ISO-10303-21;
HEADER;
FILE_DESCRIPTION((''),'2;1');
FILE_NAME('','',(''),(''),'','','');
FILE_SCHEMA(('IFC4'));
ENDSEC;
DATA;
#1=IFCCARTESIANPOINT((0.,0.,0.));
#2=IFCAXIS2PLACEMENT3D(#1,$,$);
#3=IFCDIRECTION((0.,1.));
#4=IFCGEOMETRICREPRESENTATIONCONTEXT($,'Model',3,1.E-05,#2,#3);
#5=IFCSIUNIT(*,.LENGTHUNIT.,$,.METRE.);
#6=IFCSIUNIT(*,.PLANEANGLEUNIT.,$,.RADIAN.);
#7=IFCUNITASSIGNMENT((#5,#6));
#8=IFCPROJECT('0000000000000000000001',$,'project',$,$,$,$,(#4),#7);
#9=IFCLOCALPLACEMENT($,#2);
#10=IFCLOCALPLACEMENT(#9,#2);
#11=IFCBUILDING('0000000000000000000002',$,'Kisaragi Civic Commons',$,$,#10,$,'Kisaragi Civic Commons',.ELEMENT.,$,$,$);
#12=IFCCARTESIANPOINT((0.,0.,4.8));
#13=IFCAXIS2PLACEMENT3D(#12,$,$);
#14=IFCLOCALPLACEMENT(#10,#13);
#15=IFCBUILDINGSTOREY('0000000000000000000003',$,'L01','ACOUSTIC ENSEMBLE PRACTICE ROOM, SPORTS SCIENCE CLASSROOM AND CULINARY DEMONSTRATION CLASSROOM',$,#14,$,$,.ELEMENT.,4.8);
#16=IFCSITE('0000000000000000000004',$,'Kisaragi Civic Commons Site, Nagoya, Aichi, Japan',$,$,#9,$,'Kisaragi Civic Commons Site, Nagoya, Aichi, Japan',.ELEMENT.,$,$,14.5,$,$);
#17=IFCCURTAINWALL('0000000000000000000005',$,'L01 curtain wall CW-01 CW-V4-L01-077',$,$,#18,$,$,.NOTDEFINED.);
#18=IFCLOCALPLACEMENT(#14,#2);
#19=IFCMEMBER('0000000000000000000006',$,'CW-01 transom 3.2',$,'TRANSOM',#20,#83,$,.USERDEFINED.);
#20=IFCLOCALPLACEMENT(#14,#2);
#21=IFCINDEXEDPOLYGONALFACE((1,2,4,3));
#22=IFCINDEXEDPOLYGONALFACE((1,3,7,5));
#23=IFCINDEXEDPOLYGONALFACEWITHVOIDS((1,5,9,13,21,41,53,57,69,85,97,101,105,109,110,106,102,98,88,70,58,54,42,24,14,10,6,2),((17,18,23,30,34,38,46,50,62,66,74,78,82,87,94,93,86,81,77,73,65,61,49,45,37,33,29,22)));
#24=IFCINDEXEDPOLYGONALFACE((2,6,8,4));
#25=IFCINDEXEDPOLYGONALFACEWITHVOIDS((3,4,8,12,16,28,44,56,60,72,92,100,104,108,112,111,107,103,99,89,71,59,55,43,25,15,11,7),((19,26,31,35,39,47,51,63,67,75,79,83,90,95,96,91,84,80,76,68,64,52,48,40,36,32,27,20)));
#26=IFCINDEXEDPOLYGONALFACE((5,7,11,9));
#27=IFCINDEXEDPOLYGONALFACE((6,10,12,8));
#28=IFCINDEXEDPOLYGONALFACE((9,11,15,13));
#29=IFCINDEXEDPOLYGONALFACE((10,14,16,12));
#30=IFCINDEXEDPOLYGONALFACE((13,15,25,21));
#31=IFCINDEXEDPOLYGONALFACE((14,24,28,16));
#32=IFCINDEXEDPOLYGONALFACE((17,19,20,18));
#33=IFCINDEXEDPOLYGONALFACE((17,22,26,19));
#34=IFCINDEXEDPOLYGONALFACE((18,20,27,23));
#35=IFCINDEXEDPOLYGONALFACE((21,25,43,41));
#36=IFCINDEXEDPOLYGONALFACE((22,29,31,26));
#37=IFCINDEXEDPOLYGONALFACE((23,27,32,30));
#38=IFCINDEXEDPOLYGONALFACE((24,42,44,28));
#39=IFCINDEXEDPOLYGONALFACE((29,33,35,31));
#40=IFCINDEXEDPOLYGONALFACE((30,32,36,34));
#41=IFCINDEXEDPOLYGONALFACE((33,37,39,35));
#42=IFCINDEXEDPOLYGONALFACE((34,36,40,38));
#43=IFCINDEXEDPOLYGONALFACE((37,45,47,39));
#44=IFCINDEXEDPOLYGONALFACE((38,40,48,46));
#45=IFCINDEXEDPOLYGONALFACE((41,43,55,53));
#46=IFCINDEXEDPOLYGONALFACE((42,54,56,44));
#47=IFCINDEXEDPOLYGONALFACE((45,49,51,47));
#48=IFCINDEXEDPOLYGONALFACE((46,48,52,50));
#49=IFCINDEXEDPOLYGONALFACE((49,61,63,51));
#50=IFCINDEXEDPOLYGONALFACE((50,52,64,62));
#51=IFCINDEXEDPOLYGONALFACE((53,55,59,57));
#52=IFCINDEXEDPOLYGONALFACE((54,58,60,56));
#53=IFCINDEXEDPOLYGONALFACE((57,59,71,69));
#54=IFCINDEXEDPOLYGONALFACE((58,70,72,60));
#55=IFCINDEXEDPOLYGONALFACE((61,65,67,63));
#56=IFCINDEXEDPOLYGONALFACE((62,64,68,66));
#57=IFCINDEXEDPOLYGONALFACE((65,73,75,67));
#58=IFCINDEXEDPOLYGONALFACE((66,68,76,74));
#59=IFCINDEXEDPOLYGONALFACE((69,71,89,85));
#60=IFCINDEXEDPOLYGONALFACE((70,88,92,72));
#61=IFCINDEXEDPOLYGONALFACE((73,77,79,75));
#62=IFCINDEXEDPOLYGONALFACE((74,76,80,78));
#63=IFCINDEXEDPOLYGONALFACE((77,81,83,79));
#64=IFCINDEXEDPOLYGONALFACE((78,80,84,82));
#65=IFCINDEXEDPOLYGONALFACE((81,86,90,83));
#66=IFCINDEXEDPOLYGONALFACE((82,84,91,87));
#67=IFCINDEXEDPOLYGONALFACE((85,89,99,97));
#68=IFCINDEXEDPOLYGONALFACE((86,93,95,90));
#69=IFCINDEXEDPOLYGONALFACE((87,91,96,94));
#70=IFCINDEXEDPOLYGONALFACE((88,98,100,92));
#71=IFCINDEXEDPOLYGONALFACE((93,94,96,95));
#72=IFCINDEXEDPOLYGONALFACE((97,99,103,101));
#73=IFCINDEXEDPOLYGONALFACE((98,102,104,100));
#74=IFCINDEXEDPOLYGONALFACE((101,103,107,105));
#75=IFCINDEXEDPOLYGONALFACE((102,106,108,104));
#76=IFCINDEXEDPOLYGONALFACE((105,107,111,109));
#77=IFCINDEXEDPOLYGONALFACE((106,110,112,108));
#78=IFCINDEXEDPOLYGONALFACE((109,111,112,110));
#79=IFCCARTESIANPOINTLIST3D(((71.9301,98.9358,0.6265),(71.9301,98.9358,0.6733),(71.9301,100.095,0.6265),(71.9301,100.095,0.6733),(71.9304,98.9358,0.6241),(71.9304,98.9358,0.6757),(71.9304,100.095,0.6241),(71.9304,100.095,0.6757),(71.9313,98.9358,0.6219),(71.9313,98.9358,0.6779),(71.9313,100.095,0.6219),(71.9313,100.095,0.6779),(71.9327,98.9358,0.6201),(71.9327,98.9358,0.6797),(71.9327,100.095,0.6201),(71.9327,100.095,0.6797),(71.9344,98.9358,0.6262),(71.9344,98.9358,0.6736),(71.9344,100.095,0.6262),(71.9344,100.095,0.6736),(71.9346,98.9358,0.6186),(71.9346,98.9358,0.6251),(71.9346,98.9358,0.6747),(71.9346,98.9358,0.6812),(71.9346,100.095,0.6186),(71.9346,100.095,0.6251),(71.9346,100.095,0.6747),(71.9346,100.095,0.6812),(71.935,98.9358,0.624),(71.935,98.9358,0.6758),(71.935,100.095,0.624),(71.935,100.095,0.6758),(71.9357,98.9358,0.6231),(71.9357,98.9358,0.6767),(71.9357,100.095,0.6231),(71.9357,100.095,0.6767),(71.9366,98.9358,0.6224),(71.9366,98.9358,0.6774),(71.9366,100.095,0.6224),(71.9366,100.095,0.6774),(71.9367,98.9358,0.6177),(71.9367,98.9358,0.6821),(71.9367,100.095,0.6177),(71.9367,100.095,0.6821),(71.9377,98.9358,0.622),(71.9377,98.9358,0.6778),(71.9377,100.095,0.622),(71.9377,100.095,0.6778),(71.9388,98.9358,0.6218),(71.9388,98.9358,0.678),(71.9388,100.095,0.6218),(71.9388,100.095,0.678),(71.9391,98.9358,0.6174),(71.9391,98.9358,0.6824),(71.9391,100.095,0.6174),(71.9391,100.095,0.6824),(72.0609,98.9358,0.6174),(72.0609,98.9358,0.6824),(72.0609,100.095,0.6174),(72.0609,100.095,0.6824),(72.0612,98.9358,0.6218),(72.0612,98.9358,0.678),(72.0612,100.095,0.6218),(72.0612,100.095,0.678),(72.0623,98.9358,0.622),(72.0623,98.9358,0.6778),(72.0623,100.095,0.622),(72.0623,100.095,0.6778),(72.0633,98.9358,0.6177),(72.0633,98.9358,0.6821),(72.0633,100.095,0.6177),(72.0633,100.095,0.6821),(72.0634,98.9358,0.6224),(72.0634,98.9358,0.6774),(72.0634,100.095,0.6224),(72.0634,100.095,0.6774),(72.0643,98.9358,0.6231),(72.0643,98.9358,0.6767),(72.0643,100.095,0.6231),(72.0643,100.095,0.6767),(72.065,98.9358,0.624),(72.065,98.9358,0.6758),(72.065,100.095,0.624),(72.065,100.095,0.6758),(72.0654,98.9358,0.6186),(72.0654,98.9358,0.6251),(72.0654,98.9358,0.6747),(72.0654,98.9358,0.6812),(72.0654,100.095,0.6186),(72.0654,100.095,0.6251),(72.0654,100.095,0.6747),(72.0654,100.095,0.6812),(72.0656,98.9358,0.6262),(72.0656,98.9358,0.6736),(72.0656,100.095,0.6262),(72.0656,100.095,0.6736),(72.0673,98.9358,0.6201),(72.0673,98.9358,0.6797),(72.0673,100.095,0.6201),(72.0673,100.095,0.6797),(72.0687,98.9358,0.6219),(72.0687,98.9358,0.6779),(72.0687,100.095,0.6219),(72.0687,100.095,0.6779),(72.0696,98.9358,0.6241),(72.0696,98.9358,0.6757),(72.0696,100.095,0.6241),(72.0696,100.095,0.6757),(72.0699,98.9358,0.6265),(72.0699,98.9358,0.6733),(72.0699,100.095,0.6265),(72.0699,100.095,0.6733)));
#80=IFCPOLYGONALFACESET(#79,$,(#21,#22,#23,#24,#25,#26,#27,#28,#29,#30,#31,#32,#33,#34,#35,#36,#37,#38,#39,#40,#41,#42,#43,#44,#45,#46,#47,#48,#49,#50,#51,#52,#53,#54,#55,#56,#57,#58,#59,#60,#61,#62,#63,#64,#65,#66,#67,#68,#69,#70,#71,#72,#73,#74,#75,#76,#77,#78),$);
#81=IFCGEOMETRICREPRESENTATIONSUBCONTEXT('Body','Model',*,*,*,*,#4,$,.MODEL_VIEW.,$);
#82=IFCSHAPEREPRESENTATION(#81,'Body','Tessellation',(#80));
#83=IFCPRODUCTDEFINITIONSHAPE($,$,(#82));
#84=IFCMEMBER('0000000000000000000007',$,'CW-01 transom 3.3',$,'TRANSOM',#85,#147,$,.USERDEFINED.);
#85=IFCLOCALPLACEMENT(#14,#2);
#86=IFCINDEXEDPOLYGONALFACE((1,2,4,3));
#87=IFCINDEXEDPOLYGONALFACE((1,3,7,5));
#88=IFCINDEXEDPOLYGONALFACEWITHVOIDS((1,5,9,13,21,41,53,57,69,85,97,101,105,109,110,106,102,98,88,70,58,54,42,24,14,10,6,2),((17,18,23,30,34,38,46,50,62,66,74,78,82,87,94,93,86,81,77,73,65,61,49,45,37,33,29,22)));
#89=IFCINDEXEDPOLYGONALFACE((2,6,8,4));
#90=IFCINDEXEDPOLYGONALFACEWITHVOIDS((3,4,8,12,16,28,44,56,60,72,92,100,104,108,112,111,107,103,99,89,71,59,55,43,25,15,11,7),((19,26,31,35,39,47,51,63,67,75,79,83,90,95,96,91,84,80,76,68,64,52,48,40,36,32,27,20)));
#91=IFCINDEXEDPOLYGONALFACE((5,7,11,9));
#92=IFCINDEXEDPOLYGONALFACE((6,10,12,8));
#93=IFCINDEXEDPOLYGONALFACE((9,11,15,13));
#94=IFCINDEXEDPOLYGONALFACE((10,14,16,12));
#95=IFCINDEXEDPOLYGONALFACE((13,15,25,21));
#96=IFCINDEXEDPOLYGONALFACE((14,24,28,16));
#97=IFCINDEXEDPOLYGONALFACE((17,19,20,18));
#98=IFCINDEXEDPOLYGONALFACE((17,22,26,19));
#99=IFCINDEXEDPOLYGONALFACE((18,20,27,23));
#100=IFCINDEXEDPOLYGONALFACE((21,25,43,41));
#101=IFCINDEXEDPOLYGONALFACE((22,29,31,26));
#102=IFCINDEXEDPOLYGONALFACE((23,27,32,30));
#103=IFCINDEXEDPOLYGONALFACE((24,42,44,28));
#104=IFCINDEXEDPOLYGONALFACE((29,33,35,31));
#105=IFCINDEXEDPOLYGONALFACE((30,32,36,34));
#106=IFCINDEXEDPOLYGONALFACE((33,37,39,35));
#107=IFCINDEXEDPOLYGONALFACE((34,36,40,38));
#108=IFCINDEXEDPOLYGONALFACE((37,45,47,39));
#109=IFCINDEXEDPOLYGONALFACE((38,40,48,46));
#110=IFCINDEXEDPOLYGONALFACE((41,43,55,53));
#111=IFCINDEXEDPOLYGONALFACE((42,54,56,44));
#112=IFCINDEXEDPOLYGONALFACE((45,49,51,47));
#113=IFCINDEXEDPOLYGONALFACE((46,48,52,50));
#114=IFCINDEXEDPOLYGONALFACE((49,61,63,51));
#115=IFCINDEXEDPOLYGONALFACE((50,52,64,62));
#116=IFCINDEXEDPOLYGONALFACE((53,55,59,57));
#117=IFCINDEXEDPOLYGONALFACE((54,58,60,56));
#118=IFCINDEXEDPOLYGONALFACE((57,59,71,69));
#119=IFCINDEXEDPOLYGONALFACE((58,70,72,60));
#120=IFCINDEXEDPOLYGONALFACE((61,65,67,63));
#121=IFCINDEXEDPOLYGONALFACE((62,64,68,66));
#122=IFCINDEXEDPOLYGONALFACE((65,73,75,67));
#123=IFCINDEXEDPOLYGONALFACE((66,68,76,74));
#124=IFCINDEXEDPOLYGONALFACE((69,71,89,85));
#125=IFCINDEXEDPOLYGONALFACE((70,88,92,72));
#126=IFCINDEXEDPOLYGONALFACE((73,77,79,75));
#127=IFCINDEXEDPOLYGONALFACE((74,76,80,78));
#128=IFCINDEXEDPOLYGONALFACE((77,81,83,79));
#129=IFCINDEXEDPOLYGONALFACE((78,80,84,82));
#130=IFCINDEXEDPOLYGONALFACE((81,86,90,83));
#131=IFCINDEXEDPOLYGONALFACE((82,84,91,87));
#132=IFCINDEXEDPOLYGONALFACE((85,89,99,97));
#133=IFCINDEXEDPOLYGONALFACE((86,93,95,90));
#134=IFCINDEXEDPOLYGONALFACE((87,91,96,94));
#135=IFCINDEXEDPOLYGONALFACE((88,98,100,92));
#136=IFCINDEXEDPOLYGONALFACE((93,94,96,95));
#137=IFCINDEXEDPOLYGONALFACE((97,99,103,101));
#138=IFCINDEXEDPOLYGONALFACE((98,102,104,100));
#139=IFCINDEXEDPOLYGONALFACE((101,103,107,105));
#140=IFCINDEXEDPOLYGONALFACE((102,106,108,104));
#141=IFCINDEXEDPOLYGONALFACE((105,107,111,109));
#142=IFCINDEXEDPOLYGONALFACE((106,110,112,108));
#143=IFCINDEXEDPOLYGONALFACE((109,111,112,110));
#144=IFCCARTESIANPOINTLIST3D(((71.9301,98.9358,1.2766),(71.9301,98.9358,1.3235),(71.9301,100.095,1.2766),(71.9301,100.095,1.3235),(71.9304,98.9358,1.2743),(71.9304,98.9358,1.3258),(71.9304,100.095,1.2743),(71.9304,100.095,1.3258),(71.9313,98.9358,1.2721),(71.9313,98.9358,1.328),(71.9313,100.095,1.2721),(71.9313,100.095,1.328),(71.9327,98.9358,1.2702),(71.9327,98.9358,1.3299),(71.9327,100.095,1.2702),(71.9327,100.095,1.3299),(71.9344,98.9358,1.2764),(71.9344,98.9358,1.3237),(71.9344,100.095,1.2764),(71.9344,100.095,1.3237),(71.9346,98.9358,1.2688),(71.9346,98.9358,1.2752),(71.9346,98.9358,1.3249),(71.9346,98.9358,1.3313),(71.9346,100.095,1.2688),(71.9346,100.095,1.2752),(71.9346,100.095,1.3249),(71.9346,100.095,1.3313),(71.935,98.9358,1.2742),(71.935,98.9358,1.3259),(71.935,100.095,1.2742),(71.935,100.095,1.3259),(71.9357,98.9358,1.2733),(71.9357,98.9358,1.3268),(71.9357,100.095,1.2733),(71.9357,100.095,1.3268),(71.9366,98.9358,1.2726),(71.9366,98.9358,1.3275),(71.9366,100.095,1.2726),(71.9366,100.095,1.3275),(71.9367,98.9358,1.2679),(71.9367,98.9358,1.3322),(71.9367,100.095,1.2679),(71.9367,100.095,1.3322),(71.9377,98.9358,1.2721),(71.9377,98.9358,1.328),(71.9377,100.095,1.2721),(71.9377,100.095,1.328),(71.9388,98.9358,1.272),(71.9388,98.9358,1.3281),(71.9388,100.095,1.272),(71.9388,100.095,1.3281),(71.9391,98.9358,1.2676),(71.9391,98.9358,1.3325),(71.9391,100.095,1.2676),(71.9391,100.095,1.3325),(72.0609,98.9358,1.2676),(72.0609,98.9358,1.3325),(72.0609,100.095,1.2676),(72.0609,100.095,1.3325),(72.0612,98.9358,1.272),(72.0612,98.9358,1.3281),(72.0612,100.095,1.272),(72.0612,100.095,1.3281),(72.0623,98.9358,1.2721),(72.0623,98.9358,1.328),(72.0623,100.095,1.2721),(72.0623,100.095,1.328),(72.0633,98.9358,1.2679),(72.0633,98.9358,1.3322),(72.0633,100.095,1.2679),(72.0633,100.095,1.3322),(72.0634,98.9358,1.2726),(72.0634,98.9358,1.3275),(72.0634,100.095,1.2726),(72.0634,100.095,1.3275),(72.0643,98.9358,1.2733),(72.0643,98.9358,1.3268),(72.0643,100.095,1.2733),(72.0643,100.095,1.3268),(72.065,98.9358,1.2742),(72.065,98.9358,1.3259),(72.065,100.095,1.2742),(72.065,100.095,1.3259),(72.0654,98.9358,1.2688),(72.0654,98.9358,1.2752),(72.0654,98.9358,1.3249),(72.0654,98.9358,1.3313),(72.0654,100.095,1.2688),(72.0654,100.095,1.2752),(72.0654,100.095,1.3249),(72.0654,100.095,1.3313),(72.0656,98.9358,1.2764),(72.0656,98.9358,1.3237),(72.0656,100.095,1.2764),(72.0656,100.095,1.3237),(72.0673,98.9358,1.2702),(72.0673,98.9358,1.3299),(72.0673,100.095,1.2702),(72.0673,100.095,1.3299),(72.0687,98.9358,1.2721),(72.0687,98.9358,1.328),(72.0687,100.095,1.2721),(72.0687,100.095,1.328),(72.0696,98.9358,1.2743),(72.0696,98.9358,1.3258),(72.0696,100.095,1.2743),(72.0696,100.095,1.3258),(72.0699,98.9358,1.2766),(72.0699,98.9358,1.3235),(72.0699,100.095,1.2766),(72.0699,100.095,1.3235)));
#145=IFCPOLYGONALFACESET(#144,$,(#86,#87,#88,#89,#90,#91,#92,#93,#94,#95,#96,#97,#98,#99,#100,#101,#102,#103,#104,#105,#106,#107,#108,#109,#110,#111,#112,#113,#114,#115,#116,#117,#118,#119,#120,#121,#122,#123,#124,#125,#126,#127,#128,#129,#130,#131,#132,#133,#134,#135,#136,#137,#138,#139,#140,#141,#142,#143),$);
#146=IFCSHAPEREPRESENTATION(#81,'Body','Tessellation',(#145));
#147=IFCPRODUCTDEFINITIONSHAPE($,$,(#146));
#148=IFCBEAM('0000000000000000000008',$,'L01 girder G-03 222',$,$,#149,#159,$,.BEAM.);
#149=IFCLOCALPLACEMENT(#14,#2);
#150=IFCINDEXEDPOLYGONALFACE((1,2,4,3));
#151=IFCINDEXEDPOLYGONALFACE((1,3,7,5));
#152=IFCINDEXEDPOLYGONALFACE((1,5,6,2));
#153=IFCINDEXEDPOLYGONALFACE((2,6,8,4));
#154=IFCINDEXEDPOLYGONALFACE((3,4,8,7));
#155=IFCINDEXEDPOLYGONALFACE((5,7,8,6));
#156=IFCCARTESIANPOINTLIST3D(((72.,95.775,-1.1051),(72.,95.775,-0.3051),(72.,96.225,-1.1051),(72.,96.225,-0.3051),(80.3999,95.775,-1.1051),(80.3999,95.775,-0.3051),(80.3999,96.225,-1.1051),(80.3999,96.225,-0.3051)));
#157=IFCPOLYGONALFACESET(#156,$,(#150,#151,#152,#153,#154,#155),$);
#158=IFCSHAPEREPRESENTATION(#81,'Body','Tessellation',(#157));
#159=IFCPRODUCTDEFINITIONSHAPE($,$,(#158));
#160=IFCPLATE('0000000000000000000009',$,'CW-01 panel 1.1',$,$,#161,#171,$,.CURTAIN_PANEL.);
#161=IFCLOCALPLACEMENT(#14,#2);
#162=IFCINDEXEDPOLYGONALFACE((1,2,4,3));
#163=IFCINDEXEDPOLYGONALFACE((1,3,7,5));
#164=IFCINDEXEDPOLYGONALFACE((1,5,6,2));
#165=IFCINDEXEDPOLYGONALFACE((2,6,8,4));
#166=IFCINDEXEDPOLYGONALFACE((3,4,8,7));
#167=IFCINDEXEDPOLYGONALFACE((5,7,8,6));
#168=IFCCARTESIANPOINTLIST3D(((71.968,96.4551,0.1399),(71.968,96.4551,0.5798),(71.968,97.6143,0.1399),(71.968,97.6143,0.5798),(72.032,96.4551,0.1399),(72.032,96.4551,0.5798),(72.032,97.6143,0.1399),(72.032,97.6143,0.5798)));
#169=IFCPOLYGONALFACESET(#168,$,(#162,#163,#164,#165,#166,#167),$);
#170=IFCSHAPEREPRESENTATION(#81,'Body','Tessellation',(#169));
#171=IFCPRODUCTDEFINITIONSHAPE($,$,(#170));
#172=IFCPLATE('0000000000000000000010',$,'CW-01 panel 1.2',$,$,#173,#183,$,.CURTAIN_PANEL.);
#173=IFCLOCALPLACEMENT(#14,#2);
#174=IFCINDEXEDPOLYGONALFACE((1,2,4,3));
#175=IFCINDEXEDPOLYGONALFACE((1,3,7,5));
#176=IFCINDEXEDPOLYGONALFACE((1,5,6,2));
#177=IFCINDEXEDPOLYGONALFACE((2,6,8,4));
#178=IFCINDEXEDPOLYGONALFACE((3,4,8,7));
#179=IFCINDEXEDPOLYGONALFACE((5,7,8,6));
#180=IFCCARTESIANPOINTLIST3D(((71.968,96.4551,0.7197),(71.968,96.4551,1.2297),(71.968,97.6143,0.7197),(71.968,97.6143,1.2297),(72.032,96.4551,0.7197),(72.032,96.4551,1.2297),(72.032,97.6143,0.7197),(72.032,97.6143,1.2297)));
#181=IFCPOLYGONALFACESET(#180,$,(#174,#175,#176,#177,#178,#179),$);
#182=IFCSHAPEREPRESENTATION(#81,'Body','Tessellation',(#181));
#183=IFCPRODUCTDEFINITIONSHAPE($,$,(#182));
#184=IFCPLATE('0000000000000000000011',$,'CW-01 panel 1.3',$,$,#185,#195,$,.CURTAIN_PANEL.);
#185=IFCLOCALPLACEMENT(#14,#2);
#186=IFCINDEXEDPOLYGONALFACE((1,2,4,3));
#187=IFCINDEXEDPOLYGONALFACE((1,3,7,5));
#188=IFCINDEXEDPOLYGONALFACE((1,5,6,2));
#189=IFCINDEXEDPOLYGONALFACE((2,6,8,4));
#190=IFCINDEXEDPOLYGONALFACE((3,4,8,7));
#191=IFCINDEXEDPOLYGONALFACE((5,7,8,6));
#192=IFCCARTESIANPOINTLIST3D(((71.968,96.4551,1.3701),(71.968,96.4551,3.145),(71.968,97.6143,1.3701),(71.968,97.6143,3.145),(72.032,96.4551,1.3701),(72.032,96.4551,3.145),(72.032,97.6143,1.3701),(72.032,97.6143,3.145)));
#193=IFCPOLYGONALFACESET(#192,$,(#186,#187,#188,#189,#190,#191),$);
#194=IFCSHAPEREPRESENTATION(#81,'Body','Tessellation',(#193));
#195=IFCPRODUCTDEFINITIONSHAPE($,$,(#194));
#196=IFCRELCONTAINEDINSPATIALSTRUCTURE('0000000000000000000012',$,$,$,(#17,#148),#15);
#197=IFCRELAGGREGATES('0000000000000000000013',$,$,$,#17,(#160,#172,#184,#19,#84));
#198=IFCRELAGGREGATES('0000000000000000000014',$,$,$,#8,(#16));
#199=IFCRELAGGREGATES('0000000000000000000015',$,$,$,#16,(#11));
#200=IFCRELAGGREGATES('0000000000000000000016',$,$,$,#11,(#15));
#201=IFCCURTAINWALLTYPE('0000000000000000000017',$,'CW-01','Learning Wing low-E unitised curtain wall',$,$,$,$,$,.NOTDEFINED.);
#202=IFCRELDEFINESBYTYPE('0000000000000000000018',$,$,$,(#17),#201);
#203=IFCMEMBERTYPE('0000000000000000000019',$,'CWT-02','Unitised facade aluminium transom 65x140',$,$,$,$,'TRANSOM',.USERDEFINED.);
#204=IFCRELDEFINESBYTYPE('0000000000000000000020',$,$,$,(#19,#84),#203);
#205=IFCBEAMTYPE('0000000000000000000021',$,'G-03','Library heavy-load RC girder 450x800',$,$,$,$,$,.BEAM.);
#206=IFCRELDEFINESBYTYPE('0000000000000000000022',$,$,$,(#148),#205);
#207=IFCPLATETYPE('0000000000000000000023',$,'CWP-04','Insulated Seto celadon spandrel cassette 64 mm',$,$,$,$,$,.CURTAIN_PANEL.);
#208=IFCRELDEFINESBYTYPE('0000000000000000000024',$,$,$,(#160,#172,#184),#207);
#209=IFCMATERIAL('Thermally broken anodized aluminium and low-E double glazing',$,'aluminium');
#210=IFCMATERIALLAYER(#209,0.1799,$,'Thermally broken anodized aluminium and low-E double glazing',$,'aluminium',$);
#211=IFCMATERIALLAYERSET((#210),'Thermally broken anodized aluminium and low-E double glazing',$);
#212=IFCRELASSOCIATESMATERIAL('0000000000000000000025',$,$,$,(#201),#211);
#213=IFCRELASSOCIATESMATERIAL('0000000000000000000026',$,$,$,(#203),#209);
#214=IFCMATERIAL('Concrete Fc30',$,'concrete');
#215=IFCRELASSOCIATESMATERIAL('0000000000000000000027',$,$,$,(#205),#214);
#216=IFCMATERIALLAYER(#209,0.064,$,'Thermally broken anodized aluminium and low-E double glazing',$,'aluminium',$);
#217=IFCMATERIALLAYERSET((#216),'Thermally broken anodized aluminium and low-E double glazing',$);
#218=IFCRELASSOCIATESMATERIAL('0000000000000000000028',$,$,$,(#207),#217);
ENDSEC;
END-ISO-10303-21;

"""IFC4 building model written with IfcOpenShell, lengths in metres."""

from ifc_helpers import new_model, si_unit, direction, frame, origin, origin_2d, place, context, subcontext, project, spatial, rectangle, hollow_rectangle, extrude, material, layer, layer_set, material_profile, profile_set, type_object, element, aggregate, save


model = new_model("IFC4")

# Units and contexts
model_context = context("Model", 3, precision=1e-05, world=origin(), true_north=direction((0.0, 1.0)))
body_context = subcontext(model_context, "Body", "Model", "MODEL_VIEW")
ifc_project = project(units=[si_unit("LENGTHUNIT", "METRE"), si_unit("PLANEANGLEUNIT", "RADIAN")], contexts=[model_context])

# Site, building, storey
site_placement = place(None, origin())
site = spatial("IfcSite", under=ifc_project, at=site_placement, Name="Kisaragi Civic Commons Site, Nagoya, Aichi, Japan", LongName="Kisaragi Civic Commons Site, Nagoya, Aichi, Japan", CompositionType="ELEMENT", RefElevation=14.5)
building_placement = place(site_placement, origin())
building = spatial("IfcBuilding", under=site, at=building_placement, Name="Kisaragi Civic Commons", LongName="Kisaragi Civic Commons", CompositionType="ELEMENT")
storey_placement = place(building_placement, frame((0.0, 0.0, 4.8)))
storey = spatial("IfcBuildingStorey", under=building, at=storey_placement, Name="L01", Description="ACOUSTIC ENSEMBLE PRACTICE ROOM, SPORTS SCIENCE CLASSROOM AND CULINARY DEMONSTRATION CLASSROOM", CompositionType="ELEMENT", Elevation=4.8)

# Curtain wall, members
ifc_material_1 = material(Name="Thermally broken anodized aluminium and low-E double glazing", Category="aluminium")
ifc_layer_1 = layer(ifc_material_1, 0.1799, Name="Thermally broken anodized aluminium and low-E double glazing", Category="aluminium")
ifc_layer_set_1 = layer_set([ifc_layer_1], Name="Thermally broken anodized aluminium and low-E double glazing")
curtain_wall_type = type_object("IfcCurtainWallType", Name="CW-01", Description="Learning Wing low-E unitised curtain wall", PredefinedType="NOTDEFINED", material=ifc_layer_set_1)
curtain_wall_placement = place(storey_placement, origin())
curtain_wall = element("IfcCurtainWall", 1, at=curtain_wall_placement, inside=storey, type_object=curtain_wall_type, Name="L01 curtain wall CW-01 CW-V4-L01-077", PredefinedType="NOTDEFINED")
ifc_material_profile_1 = material_profile(ifc_material_1, hollow_rectangle(XDim=0.1399, YDim=0.0649, WallThickness=0.0044, InnerFilletRadius=0.0044, OuterFilletRadius=0.009, at=origin_2d()), Name="CWT-65x140x4.5", Category="aluminium")
ifc_profile_set_1 = profile_set([ifc_material_profile_1], Name="Thermally broken anodized aluminium and low-E double glazing")
member_type_1 = type_object("IfcMemberType", Name="CWT-02", Description="Unitised facade aluminium transom 65x140", ElementType="TRANSOM", PredefinedType="USERDEFINED", material=ifc_profile_set_1)
member_1_placement = place(storey_placement, frame((72.0, 98.9358, 0.6499), z_axis=(0.0, 1.0, 0.0), x_axis=(-1.0, 0.0, 0.0)))
member_1 = element("IfcMember", 2, at=member_1_placement, type_object=member_type_1, Name="CW-01 transom 3.2", ObjectType="TRANSOM", PredefinedType="USERDEFINED", context=body_context, shape_type="SweptSolid", body=[
    extrude(hollow_rectangle(XDim=0.1399, YDim=0.0649, WallThickness=0.0044, InnerFilletRadius=0.0044, OuterFilletRadius=0.009, at=origin_2d()), origin(), (0.0, 0.0, 1.0), 1.1592),
])
member_2_placement = place(storey_placement, frame((72.0, 98.9358, 1.3), z_axis=(0.0, 1.0, 0.0), x_axis=(-1.0, 0.0, 0.0)))
member_2 = element("IfcMember", 3, at=member_2_placement, type_object=member_type_1, Name="CW-01 transom 3.3", ObjectType="TRANSOM", PredefinedType="USERDEFINED", context=body_context, shape_type="SweptSolid", body=[
    extrude(hollow_rectangle(XDim=0.1399, YDim=0.0649, WallThickness=0.0044, InnerFilletRadius=0.0044, OuterFilletRadius=0.009, at=origin_2d()), origin(), (0.0, 0.0, 1.0), 1.1592),
])

# Beam
ifc_material_2 = material(Name="Concrete Fc30", Category="concrete")
ifc_material_profile_2 = material_profile(ifc_material_2, rectangle(XDim=0.45, YDim=0.8, at=origin_2d()), Name="RC-450x800", Category="concrete")
ifc_profile_set_2 = profile_set([ifc_material_profile_2], Name="Concrete Fc30")
beam_type = type_object("IfcBeamType", Name="G-03", Description="Library heavy-load RC girder 450x800", PredefinedType="BEAM", material=ifc_profile_set_2)
beam_placement = place(storey_placement, frame((72.0, 96.0, -0.7051), z_axis=(1.0, 0.0, 0.0), x_axis=(0.0, 1.0, 0.0)))
element("IfcBeam", 4, at=beam_placement, inside=storey, type_object=beam_type, Name="L01 girder G-03 222", PredefinedType="BEAM", context=body_context, shape_type="SweptSolid", body=[
    extrude(rectangle(XDim=0.45, YDim=0.8, at=origin_2d()), origin(), (0.0, 0.0, 1.0), 8.3999),
])

# Plates
ifc_layer_2 = layer(ifc_material_1, 0.064, Name="Thermally broken anodized aluminium and low-E double glazing", Category="aluminium")
ifc_layer_set_2 = layer_set([ifc_layer_2], Name="Thermally broken anodized aluminium and low-E double glazing")
plate_type = type_object("IfcPlateType", Name="CWP-04", Description="Insulated Seto celadon spandrel cassette 64 mm", PredefinedType="CURTAIN_PANEL", material=ifc_layer_set_2)
plate_1_placement = place(storey_placement, frame((72.0, 97.0347, 0.1399), z_axis=(0.0, 0.0, 1.0), x_axis=(0.0, 1.0, 0.0)))
plate_1 = element("IfcPlate", 5, at=plate_1_placement, type_object=plate_type, Name="CW-01 panel 1.1", PredefinedType="CURTAIN_PANEL", context=body_context, shape_type="SweptSolid", body=[
    extrude(rectangle(XDim=1.1592, YDim=0.064, at=origin_2d()), origin(), (0.0, 0.0, 1.0), 0.4399),
])
plate_2_placement = place(storey_placement, frame((72.0, 97.0347, 0.7197), z_axis=(0.0, 0.0, 1.0), x_axis=(0.0, 1.0, 0.0)))
plate_2 = element("IfcPlate", 6, at=plate_2_placement, type_object=plate_type, Name="CW-01 panel 1.2", PredefinedType="CURTAIN_PANEL", context=body_context, shape_type="SweptSolid", body=[
    extrude(rectangle(XDim=1.1592, YDim=0.064, at=origin_2d()), origin(), (0.0, 0.0, 1.0), 0.51),
])
plate_3_placement = place(storey_placement, frame((72.0, 97.0347, 1.3701), z_axis=(0.0, 0.0, 1.0), x_axis=(0.0, 1.0, 0.0)))
plate_3 = element("IfcPlate", 7, at=plate_3_placement, type_object=plate_type, Name="CW-01 panel 1.3", PredefinedType="CURTAIN_PANEL", context=body_context, shape_type="SweptSolid", body=[
    extrude(rectangle(XDim=1.1592, YDim=0.064, at=origin_2d()), origin(), (0.0, 0.0, 1.0), 1.7749),
])
aggregate(curtain_wall, [plate_1, plate_2, plate_3, member_1, member_2])

save(model, "model.ifc")
